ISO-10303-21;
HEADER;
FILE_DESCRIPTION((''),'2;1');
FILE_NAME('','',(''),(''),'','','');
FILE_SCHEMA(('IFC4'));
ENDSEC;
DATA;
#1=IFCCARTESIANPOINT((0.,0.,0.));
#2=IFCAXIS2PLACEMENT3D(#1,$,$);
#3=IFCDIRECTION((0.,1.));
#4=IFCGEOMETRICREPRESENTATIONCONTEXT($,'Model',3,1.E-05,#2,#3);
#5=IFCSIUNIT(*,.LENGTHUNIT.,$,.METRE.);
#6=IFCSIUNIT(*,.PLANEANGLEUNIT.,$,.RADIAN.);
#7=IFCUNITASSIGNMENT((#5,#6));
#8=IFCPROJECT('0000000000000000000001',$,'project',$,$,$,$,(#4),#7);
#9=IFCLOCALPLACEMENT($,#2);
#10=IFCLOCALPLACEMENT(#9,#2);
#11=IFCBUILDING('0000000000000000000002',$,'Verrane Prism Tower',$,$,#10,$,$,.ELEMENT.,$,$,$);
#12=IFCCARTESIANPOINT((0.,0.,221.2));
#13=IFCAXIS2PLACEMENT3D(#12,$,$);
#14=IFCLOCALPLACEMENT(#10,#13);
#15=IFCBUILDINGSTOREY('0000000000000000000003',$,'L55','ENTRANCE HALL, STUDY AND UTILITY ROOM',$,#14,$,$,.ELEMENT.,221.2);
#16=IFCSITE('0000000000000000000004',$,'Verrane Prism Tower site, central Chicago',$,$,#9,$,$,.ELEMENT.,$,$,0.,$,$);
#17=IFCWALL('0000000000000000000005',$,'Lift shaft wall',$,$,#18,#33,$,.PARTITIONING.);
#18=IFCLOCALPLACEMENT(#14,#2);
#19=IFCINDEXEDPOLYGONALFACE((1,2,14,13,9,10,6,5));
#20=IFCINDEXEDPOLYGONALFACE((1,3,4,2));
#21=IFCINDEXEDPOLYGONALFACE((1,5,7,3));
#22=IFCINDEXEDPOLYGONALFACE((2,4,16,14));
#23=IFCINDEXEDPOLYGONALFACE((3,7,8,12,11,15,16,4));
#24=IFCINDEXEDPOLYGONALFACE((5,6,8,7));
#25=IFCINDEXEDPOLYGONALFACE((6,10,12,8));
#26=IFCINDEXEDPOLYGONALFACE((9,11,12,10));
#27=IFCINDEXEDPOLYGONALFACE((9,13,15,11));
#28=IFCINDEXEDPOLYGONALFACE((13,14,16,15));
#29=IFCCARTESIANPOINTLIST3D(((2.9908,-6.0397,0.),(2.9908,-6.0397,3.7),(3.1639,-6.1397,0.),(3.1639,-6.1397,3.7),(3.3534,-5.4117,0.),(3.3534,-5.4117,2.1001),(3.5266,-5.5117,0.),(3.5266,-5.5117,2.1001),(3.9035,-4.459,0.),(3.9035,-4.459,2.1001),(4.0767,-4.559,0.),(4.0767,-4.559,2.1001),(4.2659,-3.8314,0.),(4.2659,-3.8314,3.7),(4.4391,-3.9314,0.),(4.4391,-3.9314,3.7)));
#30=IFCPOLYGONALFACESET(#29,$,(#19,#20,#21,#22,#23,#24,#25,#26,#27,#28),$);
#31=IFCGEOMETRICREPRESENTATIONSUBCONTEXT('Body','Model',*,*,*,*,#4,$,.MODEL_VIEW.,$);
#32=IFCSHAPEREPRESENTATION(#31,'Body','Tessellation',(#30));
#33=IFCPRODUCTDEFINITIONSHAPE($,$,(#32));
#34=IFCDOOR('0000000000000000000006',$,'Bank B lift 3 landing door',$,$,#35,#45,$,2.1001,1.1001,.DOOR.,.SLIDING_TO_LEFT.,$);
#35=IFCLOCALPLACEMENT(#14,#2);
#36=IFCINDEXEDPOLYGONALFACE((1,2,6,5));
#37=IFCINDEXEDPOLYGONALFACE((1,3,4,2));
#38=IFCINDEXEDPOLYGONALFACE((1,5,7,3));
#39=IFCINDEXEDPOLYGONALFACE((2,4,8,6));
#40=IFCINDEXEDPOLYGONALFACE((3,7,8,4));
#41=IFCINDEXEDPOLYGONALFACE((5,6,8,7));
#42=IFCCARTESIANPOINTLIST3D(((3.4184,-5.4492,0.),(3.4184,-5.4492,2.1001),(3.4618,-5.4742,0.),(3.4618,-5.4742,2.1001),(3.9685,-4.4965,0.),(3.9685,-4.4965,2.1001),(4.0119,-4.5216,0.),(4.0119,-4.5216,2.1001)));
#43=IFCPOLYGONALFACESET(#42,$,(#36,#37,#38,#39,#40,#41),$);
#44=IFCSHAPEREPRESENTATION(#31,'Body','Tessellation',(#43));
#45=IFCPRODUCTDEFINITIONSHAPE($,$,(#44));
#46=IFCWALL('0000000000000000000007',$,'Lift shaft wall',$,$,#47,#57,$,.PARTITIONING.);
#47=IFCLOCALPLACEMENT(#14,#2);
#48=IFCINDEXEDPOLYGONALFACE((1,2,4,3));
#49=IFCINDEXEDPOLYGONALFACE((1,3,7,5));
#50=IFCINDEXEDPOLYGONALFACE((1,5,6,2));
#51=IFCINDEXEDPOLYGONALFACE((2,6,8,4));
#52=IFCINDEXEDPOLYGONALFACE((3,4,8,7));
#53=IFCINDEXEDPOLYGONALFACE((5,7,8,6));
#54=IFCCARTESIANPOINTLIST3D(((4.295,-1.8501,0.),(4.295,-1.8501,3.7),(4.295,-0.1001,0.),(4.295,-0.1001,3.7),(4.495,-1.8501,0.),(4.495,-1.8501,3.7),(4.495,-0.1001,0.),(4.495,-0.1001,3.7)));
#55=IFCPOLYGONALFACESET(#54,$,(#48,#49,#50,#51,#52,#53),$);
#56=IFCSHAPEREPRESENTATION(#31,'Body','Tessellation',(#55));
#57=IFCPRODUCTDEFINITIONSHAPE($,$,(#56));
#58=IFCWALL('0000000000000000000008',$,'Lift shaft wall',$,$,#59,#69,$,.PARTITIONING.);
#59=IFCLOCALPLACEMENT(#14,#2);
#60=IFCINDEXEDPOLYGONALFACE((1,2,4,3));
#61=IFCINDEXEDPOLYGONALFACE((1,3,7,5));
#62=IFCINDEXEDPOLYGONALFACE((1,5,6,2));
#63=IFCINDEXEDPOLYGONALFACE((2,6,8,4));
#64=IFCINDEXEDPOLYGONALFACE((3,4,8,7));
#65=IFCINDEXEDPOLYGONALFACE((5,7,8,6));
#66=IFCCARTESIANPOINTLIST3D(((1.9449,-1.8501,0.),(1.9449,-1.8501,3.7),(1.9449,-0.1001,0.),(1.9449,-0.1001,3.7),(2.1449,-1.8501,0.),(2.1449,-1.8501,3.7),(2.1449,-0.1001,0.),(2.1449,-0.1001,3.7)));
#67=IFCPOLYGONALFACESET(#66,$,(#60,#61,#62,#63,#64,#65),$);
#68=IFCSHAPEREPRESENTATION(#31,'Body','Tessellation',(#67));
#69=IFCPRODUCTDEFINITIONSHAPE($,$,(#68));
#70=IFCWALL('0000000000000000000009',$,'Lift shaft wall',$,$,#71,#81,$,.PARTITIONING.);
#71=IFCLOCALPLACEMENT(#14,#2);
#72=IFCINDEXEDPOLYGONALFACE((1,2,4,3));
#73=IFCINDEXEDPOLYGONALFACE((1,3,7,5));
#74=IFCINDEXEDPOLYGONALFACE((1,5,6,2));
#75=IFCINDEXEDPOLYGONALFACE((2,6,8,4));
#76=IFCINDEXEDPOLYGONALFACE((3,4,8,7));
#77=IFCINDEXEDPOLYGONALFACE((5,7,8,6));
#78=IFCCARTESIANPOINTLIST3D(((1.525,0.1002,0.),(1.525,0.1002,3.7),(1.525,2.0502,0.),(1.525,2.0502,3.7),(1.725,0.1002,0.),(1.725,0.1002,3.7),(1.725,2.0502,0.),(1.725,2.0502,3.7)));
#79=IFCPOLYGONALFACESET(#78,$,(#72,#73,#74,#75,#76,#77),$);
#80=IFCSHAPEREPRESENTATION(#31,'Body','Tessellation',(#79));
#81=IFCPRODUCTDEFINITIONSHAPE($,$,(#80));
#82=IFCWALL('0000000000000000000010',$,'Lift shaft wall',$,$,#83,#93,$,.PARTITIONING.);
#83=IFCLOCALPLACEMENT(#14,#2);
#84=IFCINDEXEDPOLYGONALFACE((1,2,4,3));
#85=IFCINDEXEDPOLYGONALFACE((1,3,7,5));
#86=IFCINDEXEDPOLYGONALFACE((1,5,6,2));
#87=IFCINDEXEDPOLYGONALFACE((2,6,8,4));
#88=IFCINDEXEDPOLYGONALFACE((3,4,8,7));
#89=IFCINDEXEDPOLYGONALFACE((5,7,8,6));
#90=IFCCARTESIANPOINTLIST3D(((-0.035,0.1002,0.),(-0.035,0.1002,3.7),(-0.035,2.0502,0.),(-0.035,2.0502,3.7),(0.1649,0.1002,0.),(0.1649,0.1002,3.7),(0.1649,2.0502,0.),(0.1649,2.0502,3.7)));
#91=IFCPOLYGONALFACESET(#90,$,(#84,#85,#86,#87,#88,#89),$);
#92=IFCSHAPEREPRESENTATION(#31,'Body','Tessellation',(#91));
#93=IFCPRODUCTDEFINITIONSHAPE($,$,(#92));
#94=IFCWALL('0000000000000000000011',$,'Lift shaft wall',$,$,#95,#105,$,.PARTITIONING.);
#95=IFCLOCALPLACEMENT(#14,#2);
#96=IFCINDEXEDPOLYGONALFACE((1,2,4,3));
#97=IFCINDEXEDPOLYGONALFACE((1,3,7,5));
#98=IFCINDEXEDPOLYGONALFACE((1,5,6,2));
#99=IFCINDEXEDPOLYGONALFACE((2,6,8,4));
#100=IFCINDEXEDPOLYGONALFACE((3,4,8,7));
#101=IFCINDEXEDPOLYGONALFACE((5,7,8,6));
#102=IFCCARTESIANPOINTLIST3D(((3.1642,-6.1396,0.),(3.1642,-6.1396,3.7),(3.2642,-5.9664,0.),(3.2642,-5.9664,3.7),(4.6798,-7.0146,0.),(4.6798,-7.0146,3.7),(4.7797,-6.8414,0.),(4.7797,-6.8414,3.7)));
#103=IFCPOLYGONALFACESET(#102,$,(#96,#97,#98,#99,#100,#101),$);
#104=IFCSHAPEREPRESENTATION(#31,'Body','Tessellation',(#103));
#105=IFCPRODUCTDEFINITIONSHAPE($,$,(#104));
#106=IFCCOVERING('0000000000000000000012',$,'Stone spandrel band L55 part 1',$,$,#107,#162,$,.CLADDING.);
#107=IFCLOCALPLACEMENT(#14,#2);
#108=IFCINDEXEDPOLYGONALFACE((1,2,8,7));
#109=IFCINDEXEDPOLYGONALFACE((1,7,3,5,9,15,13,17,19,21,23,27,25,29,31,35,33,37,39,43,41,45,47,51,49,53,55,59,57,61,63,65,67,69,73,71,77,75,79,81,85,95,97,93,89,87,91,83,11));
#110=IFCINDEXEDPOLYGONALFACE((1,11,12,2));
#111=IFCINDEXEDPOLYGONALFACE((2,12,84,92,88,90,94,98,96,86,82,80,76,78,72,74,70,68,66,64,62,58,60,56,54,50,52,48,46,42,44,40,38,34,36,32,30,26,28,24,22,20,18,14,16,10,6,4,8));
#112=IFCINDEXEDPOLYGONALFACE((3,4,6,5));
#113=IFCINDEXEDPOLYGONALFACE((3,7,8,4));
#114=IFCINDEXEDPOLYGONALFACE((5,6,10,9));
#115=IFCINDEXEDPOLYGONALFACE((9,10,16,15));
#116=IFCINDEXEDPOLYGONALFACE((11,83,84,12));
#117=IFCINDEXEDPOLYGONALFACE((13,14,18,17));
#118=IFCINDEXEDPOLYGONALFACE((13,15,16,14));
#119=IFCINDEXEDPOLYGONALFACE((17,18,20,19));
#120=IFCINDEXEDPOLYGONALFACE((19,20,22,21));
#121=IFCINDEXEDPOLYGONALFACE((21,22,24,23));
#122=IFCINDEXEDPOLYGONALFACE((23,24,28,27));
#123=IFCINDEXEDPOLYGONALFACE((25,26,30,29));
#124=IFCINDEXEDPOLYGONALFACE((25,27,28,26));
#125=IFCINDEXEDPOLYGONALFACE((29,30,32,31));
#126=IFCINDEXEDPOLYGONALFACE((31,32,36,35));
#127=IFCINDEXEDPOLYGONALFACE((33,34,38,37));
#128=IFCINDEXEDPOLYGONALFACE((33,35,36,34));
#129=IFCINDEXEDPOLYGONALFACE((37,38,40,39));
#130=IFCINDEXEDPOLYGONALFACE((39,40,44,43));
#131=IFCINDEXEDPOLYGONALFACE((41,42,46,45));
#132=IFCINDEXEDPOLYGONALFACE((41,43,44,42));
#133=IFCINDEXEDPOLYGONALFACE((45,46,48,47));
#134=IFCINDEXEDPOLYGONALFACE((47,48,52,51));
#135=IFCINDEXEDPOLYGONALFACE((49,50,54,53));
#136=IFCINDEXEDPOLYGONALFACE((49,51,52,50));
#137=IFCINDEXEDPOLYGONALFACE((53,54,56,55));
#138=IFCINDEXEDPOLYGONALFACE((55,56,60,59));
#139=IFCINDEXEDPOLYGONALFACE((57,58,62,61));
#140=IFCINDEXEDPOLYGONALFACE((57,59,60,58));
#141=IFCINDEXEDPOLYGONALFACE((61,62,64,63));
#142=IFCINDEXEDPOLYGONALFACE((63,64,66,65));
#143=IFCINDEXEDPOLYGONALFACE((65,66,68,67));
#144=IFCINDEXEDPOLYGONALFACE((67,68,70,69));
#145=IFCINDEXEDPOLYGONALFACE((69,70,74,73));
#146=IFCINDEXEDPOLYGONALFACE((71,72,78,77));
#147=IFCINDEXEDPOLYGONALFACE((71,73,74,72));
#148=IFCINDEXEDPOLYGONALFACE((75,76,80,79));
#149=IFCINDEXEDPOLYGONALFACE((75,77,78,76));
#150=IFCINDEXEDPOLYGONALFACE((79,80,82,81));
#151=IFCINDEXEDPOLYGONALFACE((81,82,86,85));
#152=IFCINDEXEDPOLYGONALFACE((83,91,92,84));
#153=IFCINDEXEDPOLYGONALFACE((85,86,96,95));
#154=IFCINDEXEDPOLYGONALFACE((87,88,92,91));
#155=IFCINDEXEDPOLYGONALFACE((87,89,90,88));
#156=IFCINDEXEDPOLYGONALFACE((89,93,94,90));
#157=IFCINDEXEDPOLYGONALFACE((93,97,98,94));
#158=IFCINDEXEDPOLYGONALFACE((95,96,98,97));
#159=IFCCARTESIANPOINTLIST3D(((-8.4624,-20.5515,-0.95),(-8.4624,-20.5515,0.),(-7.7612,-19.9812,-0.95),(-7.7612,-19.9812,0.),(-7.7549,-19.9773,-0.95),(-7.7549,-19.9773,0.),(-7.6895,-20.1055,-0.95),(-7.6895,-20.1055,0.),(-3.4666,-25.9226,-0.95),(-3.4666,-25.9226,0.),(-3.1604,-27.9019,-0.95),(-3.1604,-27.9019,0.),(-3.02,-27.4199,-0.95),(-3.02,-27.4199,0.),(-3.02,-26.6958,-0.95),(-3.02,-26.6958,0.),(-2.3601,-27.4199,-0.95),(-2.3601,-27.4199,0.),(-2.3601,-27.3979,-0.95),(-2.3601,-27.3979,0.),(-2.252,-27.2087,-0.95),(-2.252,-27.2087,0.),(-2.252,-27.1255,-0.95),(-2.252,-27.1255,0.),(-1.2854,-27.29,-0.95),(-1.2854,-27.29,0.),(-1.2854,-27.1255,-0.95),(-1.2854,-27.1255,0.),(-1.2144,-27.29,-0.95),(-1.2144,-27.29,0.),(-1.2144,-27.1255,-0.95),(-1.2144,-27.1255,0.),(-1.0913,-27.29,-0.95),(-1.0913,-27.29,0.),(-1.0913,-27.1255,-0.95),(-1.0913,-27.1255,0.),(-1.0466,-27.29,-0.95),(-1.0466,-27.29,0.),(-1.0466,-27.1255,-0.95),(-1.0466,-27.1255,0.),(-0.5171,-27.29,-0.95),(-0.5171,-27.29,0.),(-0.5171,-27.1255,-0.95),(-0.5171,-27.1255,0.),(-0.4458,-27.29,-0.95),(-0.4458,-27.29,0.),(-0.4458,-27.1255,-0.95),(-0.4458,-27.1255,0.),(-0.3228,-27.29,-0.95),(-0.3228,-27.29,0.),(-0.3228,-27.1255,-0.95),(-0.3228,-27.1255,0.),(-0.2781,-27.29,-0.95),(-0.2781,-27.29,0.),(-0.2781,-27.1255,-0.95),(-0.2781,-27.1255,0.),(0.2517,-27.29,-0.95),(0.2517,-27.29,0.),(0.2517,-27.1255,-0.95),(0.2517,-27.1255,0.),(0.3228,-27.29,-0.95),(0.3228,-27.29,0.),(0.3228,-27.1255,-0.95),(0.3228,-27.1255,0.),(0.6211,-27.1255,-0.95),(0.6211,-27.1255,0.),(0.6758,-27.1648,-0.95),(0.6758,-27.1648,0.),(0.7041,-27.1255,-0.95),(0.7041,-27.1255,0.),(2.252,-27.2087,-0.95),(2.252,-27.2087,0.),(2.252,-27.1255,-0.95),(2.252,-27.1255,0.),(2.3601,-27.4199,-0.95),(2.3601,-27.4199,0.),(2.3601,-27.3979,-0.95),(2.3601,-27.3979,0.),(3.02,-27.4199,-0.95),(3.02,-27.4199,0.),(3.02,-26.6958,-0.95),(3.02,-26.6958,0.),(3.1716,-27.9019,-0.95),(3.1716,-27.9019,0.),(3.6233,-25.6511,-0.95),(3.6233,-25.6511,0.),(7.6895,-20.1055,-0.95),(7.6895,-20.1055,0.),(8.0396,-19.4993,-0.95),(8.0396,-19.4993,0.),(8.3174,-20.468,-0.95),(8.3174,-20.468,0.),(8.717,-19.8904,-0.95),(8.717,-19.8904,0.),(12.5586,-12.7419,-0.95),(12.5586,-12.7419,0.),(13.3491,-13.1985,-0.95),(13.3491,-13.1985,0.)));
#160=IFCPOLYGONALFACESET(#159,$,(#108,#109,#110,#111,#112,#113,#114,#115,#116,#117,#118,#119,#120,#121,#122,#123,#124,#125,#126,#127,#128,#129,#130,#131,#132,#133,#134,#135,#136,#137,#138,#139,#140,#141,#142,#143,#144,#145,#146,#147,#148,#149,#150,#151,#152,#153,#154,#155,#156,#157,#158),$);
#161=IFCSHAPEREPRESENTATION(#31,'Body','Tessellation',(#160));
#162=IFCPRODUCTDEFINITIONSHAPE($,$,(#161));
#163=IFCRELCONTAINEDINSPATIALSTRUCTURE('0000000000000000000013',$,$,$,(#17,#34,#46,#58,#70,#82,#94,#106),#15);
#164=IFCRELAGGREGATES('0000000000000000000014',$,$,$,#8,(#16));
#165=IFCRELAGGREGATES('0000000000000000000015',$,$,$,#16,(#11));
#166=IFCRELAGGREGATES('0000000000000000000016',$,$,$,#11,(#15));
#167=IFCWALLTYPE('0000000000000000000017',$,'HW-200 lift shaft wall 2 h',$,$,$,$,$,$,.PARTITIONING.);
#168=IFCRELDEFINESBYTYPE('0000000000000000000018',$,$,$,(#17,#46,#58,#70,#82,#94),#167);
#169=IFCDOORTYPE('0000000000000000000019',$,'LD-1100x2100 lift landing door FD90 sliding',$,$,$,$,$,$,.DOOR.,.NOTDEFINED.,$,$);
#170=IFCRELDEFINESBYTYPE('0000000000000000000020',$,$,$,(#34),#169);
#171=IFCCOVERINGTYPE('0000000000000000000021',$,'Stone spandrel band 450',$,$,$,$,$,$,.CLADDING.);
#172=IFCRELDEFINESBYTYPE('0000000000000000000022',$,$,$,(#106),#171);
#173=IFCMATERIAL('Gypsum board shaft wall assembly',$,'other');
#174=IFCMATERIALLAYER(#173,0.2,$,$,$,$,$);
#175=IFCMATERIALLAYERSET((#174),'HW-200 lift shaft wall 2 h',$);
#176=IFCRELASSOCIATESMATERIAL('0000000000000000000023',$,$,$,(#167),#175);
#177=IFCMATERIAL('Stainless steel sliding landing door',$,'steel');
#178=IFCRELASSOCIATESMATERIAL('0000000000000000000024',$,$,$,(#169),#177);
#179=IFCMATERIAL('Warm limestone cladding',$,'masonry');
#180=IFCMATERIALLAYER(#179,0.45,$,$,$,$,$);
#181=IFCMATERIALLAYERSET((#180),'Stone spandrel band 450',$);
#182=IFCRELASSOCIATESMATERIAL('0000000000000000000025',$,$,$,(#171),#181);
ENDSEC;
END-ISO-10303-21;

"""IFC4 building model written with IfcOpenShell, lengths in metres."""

from ifc_helpers import new_model, si_unit, direction, frame, frame_2d, origin, place, context, subcontext, project, spatial, polyline, rectangle, outline, extrude, material, layer, layer_set, type_object, element, fill, save


model = new_model("IFC4")

# Units and contexts
model_context = context("Model", 3, precision=1e-05, world=origin(), true_north=direction((0.0, 1.0)))
body_context = subcontext(model_context, "Body", "Model", "MODEL_VIEW")
ifc_project = project(units=[si_unit("LENGTHUNIT", "METRE"), si_unit("PLANEANGLEUNIT", "RADIAN")], contexts=[model_context])

# Site, building, storey
site_placement = place(None, origin())
site = spatial("IfcSite", under=ifc_project, at=site_placement, Name="Verrane Prism Tower site, central Chicago", CompositionType="ELEMENT", RefElevation=0.0)
building_placement = place(site_placement, origin())
building = spatial("IfcBuilding", under=site, at=building_placement, Name="Verrane Prism Tower", CompositionType="ELEMENT")
storey_placement = place(building_placement, frame((0.0, 0.0, 221.2)))
storey = spatial("IfcBuildingStorey", under=building, at=storey_placement, Name="L55", Description="ENTRANCE HALL, STUDY AND UTILITY ROOM", CompositionType="ELEMENT", Elevation=221.2)

# Shared definitions
ifc_material_1 = material(Name="Gypsum board shaft wall assembly", Category="other")
ifc_layer_1 = layer(ifc_material_1, 0.2)
ifc_layer_set_1 = layer_set([ifc_layer_1], Name="HW-200 lift shaft wall 2 h")
wall_type = type_object("IfcWallType", Name="HW-200 lift shaft wall 2 h", PredefinedType="PARTITIONING", material=ifc_layer_set_1)

# Wall, opening, door
wall_1_placement = place(storey_placement, frame((3.0774, -6.0896, 0.0), z_axis=(0.0, 0.0, 1.0), x_axis=(0.500062, 0.865989, 0.0)))
wall_1 = element("IfcWall", 1, at=wall_1_placement, inside=storey, type_object=wall_type, Name="Lift shaft wall", PredefinedType="PARTITIONING", context=body_context, shape_type="SweptSolid", body=[
    extrude(rectangle(XDim=2.55, YDim=0.2, at=frame_2d((1.2749, 0.0))), origin(), (0.0, 0.0, 1.0), 3.7),
])
opening_placement = place(wall_1_placement, frame((0.7251, 0.0, 0.0)))
opening = element("IfcOpeningElement", 2, at=opening_placement, cuts=wall_1, PredefinedType="OPENING", context=body_context, shape_type="SweptSolid", body=[
    extrude(rectangle(XDim=1.1001, YDim=2.1001, at=frame_2d((0.55, 1.05))), frame((0.0, 0.1099, 0.0), z_axis=(0.0, -1.0, 0.0), x_axis=(1.0, 0.0, 0.0)), (0.0, 0.0, 1.0), 0.22),
])
ifc_material_2 = material(Name="Stainless steel sliding landing door", Category="steel")
door_type = type_object("IfcDoorType", Name="LD-1100x2100 lift landing door FD90 sliding", OperationType="NOTDEFINED", PredefinedType="DOOR", material=ifc_material_2)
door_placement = place(opening_placement, origin())
door = element("IfcDoor", 3, at=door_placement, inside=storey, type_object=door_type, Name="Bank B lift 3 landing door", OperationType="SLIDING_TO_LEFT", OverallHeight=2.1001, OverallWidth=1.1001, PredefinedType="DOOR", context=body_context, shape_type="SweptSolid", body=[
    extrude(rectangle(XDim=1.1001, YDim=2.1001, at=frame_2d((0.55, 1.05))), frame((0.0, 0.0249, 0.0), z_axis=(0.0, -1.0, 0.0), x_axis=(1.0, 0.0, 0.0)), (0.0, 0.0, 1.0), 0.05),
])
fill(opening, door)

# Walls
for number, where, z_axis, x_axis, name in (
    (4, (4.395, -1.8501, 0.0), (0.0, 0.0, 1.0), (0.0, 1.0, 0.0), "Lift shaft wall"),
    (5, (2.0449, -1.8501, 0.0), (0.0, 0.0, 1.0), (0.0, 1.0, 0.0), "Lift shaft wall"),
):
    element("IfcWall", number, at=place(storey_placement, frame(where, z_axis=z_axis, x_axis=x_axis)), inside=storey, type_object=wall_type, Name=name, PredefinedType="PARTITIONING", context=body_context, shape_type="SweptSolid", body=[
        extrude(rectangle(XDim=1.75, YDim=0.2, at=frame_2d((0.875, 0.0))), origin(), (0.0, 0.0, 1.0), 3.7),
    ])
for number, where, z_axis, x_axis, name in (
    (6, (1.625, 0.1001, 0.0), (0.0, 0.0, 1.0), (0.0, 1.0, 0.0), "Lift shaft wall"),
    (7, (0.0649, 0.1001, 0.0), (0.0, 0.0, 1.0), (0.0, 1.0, 0.0), "Lift shaft wall"),
):
    element("IfcWall", number, at=place(storey_placement, frame(where, z_axis=z_axis, x_axis=x_axis)), inside=storey, type_object=wall_type, Name=name, PredefinedType="PARTITIONING", context=body_context, shape_type="SweptSolid", body=[
        extrude(rectangle(XDim=1.95, YDim=0.2, at=frame_2d((0.9751, 0.0))), origin(), (0.0, 0.0, 1.0), 3.7),
    ])
wall_2_placement = place(storey_placement, frame((4.7297, -6.928, 0.0), z_axis=(0.0, 0.0, 1.0), x_axis=(-0.866037, 0.49998, 0.0)))
element("IfcWall", 8, at=wall_2_placement, inside=storey, type_object=wall_type, Name="Lift shaft wall", PredefinedType="PARTITIONING", context=body_context, shape_type="SweptSolid", body=[
    extrude(rectangle(XDim=1.75, YDim=0.2, at=frame_2d((0.875, 0.0))), origin(), (0.0, 0.0, 1.0), 3.7),
])

# Covering
ifc_material_3 = material(Name="Warm limestone cladding", Category="masonry")
ifc_layer_2 = layer(ifc_material_3, 0.45)
ifc_layer_set_2 = layer_set([ifc_layer_2], Name="Stone spandrel band 450")
covering_type = type_object("IfcCoveringType", Name="Stone spandrel band 450", PredefinedType="CLADDING", material=ifc_layer_set_2)
covering_1_placement = place(storey_placement, frame((0.0, 0.0, -0.95)))
element("IfcCovering", 9, at=covering_1_placement, inside=storey, type_object=covering_type, Name="Stone spandrel band L55 part 1", PredefinedType="CLADDING", context=body_context, shape_type="SweptSolid", body=[
    extrude(outline(polyline([(-7.6895, -20.1055), (-8.4624, -20.5515), (-3.1604, -27.9019), (3.1716, -27.9019), (8.3174, -20.468), (7.6895, -20.1055), (8.0396, -19.4993), (8.717, -19.8904), (13.3491, -13.1985), (12.5586, -12.7419), (3.6233, -25.6511), (3.02, -26.6958), (3.02, -27.4199), (2.3601, -27.4199), (2.3601, -27.3979), (2.252, -27.2087), (2.252, -27.1255), (0.7041, -27.1255), (0.6758, -27.1648), (0.6211, -27.1255), (0.3228, -27.1255), (0.3228, -27.29), (0.2517, -27.29), (0.2517, -27.1255), (-0.2781, -27.1255), (-0.2781, -27.29), (-0.3228, -27.29), (-0.3228, -27.1255), (-0.4458, -27.1255), (-0.4458, -27.29), (-0.5171, -27.29), (-0.5171, -27.1255), (-1.0466, -27.1255), (-1.0466, -27.29), (-1.0913, -27.29), (-1.0913, -27.1255), (-1.2144, -27.1255), (-1.2144, -27.29), (-1.2854, -27.29), (-1.2854, -27.1255), (-2.252, -27.1255), (-2.252, -27.2087), (-2.3601, -27.3979), (-2.3601, -27.4199), (-3.02, -27.4199), (-3.02, -26.6958), (-3.4666, -25.9226), (-7.7549, -19.9773), (-7.7612, -19.9812), (-7.6895, -20.1055)])), origin(), (0.0, 0.0, 1.0), 0.95),
])

save(model, "model.ifc")
